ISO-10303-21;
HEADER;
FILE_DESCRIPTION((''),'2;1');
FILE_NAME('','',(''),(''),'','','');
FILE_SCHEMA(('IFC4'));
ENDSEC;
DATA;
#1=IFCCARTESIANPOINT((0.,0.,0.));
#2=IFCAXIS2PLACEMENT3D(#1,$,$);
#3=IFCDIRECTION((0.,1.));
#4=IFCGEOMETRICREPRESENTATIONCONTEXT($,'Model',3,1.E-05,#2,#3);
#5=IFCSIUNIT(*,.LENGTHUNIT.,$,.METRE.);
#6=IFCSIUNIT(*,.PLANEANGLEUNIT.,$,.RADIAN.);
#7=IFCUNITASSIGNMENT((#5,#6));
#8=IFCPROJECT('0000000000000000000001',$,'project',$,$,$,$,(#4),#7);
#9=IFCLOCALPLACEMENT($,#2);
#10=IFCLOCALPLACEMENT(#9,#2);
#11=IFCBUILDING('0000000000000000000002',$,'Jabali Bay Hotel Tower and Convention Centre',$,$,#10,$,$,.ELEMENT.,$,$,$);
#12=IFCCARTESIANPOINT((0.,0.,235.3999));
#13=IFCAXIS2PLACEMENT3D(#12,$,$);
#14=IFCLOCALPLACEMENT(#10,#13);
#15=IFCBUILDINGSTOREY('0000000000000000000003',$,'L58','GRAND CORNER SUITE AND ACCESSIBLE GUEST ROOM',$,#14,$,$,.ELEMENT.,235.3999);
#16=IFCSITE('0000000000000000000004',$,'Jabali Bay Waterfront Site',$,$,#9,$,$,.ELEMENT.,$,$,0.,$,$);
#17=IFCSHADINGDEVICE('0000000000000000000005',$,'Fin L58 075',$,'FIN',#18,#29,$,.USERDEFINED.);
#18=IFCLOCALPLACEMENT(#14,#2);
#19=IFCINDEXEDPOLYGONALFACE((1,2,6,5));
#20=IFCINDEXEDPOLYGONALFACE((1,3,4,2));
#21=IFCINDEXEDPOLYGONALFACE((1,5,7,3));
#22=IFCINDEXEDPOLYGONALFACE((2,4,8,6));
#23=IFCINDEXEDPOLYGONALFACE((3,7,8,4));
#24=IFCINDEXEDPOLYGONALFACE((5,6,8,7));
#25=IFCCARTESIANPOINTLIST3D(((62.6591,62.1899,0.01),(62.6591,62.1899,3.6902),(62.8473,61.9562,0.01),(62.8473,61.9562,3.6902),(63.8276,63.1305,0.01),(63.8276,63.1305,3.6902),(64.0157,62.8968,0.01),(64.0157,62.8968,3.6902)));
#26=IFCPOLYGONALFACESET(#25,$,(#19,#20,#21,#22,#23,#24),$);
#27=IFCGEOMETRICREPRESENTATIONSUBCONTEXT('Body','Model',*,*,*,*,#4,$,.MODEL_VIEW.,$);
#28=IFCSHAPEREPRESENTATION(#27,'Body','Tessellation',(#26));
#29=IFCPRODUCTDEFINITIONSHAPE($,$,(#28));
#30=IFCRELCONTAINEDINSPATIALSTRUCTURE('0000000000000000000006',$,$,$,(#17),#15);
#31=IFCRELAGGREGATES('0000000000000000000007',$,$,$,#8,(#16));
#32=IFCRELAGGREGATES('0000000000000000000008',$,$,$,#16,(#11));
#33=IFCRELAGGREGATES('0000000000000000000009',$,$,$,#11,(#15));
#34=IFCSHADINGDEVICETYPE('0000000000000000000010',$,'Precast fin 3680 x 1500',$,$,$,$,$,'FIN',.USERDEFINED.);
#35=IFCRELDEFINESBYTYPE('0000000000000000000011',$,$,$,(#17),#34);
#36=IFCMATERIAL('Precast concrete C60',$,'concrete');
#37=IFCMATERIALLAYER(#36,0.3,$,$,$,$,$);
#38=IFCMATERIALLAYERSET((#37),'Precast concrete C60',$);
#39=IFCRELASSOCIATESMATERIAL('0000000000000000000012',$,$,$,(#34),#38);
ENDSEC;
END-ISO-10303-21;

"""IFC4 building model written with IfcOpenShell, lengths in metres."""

from ifc_helpers import new_model, si_unit, direction, frame, frame_2d, origin, place, context, subcontext, project, spatial, rectangle, extrude, material, layer, layer_set, type_object, element, save


model = new_model("IFC4")

# Units and contexts
model_context = context("Model", 3, precision=1e-05, world=origin(), true_north=direction((0.0, 1.0)))
body_context = subcontext(model_context, "Body", "Model", "MODEL_VIEW")
ifc_project = project(units=[si_unit("LENGTHUNIT", "METRE"), si_unit("PLANEANGLEUNIT", "RADIAN")], contexts=[model_context])

# Site, building, storey
site_placement = place(None, origin())
site = spatial("IfcSite", under=ifc_project, at=site_placement, Name="Jabali Bay Waterfront Site", CompositionType="ELEMENT", RefElevation=0.0)
building_placement = place(site_placement, origin())
building = spatial("IfcBuilding", under=site, at=building_placement, Name="Jabali Bay Hotel Tower and Convention Centre", CompositionType="ELEMENT")
storey_placement = place(building_placement, frame((0.0, 0.0, 235.3999)))
storey = spatial("IfcBuildingStorey", under=building, at=storey_placement, Name="L58", Description="GRAND CORNER SUITE AND ACCESSIBLE GUEST ROOM", CompositionType="ELEMENT", Elevation=235.3999)

# Shading device
ifc_material_1 = material(Name="Precast concrete C60", Category="concrete")
ifc_layer_1 = layer(ifc_material_1, 0.3)
ifc_layer_set_1 = layer_set([ifc_layer_1], Name="Precast concrete C60")
shading_device_type_1 = type_object("IfcShadingDeviceType", Name="Precast fin 3680 x 1500", ElementType="FIN", PredefinedType="USERDEFINED", material=ifc_layer_set_1)
shading_device_1_placement = place(storey_placement, frame((63.9216, 63.0137, 0.01), z_axis=(0.0, 0.0, 1.0), x_axis=(-0.778944, -0.627094, 0.0)))
element("IfcShadingDevice", 1, at=shading_device_1_placement, inside=storey, type_object=shading_device_type_1, Name="Fin L58 075", ObjectType="FIN", PredefinedType="USERDEFINED", context=body_context, shape_type="SweptSolid", body=[
    extrude(rectangle(XDim=1.5, YDim=0.3, at=frame_2d((0.75, 0.0))), origin(), (0.0, 0.0, 1.0), 3.6802),
])

save(model, "model.ifc")
